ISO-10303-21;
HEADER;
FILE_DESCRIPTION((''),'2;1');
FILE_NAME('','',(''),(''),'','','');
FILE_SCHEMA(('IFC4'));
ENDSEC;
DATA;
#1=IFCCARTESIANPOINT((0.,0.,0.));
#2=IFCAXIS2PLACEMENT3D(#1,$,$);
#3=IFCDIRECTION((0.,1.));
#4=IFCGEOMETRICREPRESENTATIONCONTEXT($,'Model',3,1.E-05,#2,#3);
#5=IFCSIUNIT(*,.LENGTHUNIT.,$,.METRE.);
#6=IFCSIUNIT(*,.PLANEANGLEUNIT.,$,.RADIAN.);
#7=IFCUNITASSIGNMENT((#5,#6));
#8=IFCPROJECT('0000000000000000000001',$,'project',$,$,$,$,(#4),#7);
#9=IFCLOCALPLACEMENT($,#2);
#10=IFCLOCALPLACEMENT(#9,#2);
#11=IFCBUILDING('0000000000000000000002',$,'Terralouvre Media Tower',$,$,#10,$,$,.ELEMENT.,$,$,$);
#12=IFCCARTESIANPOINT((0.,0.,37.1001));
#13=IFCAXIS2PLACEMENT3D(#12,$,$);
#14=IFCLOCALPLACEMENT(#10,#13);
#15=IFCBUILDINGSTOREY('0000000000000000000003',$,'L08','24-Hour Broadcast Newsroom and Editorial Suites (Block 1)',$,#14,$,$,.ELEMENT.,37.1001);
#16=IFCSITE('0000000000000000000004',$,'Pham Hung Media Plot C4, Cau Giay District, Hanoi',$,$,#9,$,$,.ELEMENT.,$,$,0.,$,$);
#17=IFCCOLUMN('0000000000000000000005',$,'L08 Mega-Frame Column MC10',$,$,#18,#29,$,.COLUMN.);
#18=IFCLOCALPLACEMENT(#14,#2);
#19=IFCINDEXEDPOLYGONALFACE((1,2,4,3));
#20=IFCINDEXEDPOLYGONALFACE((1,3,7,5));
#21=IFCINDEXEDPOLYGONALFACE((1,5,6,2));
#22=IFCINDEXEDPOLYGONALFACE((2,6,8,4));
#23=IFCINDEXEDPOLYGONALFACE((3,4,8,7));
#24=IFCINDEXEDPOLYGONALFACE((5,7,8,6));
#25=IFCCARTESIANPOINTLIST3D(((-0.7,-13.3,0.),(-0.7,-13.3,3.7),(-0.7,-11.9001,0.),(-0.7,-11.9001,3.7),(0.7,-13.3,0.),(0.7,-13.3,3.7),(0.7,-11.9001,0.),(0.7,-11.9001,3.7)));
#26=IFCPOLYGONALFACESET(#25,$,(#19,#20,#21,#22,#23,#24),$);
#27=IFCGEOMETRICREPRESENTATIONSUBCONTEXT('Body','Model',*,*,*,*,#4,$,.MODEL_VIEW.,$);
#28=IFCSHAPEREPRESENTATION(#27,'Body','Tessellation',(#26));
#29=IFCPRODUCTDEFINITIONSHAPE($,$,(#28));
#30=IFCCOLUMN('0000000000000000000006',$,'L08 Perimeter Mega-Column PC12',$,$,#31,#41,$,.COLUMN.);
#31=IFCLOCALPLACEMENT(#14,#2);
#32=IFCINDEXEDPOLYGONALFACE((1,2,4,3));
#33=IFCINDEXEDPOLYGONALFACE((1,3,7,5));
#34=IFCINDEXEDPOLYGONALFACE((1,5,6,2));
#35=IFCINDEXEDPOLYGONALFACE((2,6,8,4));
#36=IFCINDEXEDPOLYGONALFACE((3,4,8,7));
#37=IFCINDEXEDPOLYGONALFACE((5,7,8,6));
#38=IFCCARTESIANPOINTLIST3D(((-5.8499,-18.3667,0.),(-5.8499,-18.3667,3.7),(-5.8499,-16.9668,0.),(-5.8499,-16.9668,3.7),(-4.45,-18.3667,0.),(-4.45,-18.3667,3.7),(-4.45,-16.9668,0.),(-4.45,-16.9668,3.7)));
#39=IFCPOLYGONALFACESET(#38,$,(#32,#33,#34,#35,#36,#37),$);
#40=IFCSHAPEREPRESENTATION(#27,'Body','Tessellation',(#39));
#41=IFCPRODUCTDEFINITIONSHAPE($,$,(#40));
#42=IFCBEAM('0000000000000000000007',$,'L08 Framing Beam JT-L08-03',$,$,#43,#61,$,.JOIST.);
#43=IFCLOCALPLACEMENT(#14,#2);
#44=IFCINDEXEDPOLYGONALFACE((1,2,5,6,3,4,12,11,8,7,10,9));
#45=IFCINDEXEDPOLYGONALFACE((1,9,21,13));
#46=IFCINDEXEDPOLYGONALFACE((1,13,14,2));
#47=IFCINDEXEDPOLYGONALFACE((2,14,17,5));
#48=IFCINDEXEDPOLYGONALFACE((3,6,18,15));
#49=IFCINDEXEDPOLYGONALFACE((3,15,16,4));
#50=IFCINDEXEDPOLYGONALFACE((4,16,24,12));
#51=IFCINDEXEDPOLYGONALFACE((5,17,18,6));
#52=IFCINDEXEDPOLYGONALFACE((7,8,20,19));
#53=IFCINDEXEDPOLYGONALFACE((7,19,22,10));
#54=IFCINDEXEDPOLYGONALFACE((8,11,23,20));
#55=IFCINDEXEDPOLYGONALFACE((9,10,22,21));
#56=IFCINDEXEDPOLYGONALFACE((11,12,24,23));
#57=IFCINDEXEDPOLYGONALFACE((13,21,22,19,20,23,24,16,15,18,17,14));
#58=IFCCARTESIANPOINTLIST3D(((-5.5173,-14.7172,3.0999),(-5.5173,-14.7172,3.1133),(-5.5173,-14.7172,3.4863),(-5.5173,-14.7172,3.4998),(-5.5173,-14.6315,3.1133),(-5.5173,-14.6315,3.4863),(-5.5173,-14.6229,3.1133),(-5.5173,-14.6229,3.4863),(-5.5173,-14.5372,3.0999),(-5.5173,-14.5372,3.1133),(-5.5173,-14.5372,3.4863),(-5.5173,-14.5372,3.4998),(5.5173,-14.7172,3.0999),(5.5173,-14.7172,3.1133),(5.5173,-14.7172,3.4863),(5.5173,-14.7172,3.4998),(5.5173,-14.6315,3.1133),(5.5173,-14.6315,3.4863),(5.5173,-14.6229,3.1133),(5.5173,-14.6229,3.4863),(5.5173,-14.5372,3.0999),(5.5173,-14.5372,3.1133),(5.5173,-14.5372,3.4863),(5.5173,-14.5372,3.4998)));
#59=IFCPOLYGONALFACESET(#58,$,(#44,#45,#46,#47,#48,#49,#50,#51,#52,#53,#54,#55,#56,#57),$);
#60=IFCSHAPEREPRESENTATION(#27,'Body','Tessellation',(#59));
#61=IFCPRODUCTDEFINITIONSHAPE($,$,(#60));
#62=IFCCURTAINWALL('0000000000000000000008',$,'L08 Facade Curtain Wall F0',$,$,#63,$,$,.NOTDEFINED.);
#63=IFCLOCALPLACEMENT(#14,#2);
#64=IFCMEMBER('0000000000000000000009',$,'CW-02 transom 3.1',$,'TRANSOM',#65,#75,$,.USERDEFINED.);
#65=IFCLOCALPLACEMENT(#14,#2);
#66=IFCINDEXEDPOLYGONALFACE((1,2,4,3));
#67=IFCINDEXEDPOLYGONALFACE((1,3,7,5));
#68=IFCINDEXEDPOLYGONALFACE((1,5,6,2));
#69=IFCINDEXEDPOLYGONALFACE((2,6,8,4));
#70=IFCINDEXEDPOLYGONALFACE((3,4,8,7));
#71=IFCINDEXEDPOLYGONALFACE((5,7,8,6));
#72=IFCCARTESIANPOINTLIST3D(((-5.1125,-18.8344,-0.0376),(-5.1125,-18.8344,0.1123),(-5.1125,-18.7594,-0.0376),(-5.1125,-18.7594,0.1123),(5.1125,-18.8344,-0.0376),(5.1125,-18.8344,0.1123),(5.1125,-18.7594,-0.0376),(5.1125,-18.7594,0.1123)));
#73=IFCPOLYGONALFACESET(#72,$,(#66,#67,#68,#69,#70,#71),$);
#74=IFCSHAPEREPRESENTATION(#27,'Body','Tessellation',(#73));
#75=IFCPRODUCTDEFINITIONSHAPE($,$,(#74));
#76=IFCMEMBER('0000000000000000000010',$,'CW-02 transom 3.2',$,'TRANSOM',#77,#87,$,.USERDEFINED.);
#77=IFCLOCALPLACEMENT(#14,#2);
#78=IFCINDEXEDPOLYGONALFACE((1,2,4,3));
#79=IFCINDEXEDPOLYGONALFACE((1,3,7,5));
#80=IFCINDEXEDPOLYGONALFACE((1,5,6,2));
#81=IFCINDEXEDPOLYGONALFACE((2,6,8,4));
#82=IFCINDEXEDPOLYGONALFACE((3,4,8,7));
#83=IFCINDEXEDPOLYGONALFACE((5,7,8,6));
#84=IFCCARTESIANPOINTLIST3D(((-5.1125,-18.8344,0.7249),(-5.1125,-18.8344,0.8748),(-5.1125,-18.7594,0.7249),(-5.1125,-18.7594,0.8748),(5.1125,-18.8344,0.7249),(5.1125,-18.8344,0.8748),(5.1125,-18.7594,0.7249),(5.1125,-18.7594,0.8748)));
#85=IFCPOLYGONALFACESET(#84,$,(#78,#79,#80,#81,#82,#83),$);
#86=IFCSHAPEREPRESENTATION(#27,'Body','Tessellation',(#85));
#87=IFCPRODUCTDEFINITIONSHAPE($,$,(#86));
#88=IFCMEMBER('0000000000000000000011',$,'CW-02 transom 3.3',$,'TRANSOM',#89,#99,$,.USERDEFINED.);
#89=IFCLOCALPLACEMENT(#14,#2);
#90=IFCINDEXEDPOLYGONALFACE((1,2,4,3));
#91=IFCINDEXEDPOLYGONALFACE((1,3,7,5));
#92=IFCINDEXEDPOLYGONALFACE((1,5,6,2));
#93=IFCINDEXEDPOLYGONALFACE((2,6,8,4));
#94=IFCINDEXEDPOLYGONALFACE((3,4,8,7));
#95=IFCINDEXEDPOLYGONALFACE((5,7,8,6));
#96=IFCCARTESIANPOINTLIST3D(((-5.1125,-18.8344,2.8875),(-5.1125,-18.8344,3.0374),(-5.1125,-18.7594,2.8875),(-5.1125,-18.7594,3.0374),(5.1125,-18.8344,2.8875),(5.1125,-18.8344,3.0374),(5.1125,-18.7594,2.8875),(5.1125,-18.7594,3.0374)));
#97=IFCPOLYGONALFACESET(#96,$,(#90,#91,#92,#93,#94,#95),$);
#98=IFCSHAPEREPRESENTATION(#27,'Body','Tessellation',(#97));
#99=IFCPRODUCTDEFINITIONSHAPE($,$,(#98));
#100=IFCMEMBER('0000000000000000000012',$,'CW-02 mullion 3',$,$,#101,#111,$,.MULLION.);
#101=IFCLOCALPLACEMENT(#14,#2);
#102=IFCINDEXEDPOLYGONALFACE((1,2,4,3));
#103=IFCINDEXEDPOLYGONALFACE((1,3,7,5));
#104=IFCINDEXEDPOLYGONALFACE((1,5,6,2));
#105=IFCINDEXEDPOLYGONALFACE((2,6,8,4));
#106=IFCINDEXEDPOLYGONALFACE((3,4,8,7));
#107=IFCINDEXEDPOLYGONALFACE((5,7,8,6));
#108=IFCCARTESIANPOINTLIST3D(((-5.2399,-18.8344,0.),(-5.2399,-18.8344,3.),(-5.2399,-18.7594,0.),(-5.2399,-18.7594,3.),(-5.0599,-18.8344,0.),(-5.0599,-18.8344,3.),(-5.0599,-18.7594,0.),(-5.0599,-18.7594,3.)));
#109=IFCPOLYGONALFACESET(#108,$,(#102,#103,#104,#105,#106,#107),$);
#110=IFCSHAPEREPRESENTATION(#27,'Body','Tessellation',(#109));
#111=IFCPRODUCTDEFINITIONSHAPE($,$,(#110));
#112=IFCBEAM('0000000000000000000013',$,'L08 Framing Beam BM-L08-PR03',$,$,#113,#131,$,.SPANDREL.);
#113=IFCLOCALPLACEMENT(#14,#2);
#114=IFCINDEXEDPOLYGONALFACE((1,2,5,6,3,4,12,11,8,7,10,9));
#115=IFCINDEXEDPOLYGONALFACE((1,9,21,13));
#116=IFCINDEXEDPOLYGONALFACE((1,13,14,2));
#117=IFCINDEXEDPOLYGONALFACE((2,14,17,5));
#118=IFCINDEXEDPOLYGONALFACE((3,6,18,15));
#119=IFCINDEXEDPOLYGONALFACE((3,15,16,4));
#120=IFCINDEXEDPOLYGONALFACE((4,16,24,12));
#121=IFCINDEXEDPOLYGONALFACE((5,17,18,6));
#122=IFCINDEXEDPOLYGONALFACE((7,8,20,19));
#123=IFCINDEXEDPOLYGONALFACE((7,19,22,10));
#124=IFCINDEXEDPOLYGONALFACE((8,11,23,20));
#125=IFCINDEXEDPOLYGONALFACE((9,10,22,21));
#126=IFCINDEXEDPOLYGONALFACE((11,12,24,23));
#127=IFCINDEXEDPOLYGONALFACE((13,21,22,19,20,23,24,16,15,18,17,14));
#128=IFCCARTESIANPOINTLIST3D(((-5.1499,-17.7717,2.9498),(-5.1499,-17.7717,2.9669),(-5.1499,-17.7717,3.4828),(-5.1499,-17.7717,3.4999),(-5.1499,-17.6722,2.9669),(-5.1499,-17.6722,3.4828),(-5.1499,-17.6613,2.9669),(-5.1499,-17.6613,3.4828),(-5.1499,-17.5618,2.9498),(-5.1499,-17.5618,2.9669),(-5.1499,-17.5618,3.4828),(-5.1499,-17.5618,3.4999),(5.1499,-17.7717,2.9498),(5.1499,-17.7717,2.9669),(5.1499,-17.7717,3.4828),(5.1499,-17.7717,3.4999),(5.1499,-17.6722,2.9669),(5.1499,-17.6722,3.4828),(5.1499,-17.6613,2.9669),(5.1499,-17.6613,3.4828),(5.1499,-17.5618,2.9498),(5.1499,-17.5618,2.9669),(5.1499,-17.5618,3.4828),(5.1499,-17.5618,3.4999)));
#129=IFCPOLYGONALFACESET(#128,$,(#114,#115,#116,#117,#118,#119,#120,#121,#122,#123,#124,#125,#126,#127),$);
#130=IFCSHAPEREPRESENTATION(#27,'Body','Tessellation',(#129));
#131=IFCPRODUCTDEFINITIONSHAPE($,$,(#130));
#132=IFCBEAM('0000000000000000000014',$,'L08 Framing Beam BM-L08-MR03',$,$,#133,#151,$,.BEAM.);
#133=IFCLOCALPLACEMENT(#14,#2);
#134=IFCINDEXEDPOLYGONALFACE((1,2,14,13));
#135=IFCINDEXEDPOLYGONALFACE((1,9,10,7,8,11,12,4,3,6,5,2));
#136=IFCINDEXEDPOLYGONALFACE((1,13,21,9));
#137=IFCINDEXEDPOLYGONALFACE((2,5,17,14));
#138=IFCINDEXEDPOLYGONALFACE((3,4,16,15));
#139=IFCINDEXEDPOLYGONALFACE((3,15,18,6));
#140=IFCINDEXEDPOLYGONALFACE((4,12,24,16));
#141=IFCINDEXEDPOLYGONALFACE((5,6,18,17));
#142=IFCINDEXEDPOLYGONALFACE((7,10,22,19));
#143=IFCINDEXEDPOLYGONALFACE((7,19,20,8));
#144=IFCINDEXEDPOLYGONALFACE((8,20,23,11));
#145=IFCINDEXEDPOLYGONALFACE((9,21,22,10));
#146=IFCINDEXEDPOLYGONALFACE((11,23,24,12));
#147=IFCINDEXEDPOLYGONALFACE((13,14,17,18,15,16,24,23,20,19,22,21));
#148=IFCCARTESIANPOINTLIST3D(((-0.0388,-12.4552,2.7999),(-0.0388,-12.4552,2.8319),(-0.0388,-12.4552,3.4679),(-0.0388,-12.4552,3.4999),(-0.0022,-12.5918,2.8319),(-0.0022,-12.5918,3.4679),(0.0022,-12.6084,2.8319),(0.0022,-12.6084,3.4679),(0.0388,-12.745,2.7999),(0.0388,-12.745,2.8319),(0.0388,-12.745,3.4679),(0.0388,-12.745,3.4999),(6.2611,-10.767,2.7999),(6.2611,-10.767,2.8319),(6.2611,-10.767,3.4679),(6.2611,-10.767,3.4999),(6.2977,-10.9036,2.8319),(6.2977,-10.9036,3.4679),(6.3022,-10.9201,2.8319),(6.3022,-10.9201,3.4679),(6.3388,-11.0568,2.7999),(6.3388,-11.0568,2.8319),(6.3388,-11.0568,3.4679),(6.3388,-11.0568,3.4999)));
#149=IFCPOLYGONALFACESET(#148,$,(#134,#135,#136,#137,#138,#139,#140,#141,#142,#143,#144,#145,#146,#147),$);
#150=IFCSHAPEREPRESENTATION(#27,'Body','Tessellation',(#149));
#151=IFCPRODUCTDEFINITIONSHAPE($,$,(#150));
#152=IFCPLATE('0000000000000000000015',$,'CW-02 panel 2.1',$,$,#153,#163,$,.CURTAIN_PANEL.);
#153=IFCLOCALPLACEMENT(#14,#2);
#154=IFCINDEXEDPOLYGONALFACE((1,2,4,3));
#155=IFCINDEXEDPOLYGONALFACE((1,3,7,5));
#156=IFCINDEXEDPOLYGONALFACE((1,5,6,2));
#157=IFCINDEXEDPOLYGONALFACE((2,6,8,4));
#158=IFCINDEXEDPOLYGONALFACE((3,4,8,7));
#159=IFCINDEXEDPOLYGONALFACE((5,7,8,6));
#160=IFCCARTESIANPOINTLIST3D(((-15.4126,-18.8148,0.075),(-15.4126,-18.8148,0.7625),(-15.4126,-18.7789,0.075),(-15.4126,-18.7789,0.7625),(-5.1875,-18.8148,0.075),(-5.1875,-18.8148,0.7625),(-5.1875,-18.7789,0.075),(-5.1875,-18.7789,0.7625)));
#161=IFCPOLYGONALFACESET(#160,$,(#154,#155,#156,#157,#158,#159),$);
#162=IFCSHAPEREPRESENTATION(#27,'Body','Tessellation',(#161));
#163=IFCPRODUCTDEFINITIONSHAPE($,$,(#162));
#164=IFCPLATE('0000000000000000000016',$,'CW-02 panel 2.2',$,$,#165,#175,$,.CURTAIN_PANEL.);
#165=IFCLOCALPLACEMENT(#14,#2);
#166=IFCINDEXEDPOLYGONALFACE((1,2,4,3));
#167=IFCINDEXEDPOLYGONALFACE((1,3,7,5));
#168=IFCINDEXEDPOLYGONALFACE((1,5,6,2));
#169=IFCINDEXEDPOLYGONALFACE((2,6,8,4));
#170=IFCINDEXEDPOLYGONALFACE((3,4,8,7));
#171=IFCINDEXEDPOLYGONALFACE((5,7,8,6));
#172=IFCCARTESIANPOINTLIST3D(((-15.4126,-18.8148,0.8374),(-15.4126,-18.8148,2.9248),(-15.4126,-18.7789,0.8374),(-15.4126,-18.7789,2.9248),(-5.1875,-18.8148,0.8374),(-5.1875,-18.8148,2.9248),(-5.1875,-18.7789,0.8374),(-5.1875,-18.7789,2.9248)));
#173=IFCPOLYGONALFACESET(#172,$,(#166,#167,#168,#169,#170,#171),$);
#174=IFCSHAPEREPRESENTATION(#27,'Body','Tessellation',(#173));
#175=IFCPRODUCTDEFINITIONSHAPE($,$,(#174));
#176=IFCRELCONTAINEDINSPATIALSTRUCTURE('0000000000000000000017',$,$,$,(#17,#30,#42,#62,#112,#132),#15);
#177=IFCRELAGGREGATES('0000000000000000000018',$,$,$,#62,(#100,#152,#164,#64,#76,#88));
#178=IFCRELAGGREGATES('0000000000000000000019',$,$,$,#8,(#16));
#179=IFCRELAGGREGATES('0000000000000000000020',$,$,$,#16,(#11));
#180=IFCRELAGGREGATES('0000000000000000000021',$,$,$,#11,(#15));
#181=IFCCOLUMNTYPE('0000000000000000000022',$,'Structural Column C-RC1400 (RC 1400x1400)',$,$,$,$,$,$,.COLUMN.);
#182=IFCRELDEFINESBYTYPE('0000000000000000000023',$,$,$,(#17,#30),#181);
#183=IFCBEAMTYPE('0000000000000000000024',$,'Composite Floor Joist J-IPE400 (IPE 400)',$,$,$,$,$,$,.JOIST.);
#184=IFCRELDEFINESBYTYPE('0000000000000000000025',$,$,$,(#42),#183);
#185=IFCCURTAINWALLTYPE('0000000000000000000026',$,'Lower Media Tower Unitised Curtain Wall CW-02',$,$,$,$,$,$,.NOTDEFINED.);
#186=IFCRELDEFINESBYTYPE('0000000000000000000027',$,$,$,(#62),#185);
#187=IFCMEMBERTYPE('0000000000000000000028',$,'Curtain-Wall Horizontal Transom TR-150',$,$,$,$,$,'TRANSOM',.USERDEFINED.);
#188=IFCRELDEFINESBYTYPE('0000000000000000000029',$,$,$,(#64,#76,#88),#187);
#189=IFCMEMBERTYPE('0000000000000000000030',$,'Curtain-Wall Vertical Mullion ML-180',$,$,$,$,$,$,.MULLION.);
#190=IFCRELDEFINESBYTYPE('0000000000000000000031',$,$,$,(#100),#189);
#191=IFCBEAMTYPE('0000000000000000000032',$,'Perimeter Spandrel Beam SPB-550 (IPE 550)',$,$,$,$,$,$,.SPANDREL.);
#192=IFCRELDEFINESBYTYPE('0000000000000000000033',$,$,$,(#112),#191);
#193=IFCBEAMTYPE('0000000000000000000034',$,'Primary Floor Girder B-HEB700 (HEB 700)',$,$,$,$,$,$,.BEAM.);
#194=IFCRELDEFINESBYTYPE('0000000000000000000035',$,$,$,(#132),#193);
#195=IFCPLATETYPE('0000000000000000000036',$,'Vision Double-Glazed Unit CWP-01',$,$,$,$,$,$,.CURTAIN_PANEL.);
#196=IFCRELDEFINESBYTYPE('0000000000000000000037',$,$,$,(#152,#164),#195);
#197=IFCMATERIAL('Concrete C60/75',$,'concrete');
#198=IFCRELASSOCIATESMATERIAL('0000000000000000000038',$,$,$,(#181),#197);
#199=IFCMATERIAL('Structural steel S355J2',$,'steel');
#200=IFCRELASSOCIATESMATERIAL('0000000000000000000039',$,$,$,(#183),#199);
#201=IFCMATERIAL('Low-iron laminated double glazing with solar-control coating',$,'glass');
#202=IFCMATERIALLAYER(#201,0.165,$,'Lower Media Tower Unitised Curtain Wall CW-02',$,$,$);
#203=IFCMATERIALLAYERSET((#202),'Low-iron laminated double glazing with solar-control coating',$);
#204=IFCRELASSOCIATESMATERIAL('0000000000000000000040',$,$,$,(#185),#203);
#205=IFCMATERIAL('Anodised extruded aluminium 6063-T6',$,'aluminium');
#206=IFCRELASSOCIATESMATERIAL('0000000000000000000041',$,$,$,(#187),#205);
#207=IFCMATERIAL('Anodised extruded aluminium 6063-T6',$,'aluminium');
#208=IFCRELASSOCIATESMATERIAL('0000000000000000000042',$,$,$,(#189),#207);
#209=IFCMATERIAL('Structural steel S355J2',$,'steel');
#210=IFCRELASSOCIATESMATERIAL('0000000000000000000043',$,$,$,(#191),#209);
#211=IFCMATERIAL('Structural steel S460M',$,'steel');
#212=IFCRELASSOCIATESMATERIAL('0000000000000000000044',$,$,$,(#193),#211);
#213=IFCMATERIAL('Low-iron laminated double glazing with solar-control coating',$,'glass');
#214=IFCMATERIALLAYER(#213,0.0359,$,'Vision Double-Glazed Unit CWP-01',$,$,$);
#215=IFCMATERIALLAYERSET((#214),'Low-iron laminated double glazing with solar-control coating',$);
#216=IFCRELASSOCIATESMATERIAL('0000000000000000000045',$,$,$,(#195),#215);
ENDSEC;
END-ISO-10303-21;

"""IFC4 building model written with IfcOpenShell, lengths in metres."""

from ifc_helpers import new_model, si_unit, direction, frame, origin, origin_2d, place, context, subcontext, project, spatial, rectangle, i_section, extrude, material, layer, layer_set, material_profile, profile_set, type_object, element, aggregate, save


model = new_model("IFC4")

# Units and contexts
model_context = context("Model", 3, precision=1e-05, world=origin(), true_north=direction((0.0, 1.0)))
body_context = subcontext(model_context, "Body", "Model", "MODEL_VIEW")
ifc_project = project(units=[si_unit("LENGTHUNIT", "METRE"), si_unit("PLANEANGLEUNIT", "RADIAN")], contexts=[model_context])

# Site, building, storey
site_placement = place(None, origin())
site = spatial("IfcSite", under=ifc_project, at=site_placement, Name="Pham Hung Media Plot C4, Cau Giay District, Hanoi", CompositionType="ELEMENT", RefElevation=0.0)
building_placement = place(site_placement, origin())
building = spatial("IfcBuilding", under=site, at=building_placement, Name="Terralouvre Media Tower", CompositionType="ELEMENT")
storey_placement = place(building_placement, frame((0.0, 0.0, 37.1001)))
storey = spatial("IfcBuildingStorey", under=building, at=storey_placement, Name="L08", Description="24-Hour Broadcast Newsroom and Editorial Suites (Block 1)", CompositionType="ELEMENT", Elevation=37.1001)

# Columns
ifc_material_1 = material(Name="Concrete C60/75", Category="concrete")
ifc_material_profile_1 = material_profile(ifc_material_1, rectangle(XDim=1.3999, YDim=1.3999, at=origin_2d()), Name="RC 1400x1400")
ifc_profile_set_1 = profile_set([ifc_material_profile_1], Name="Concrete C60/75")
column_type = type_object("IfcColumnType", Name="Structural Column C-RC1400 (RC 1400x1400)", PredefinedType="COLUMN", material=ifc_profile_set_1)
for number, where, z_axis, x_axis, name in (
    (1, (0.0, -12.6001, 0.0), (0.0, 0.0, 1.0), (1.0, 0.0, 0.0), "L08 Mega-Frame Column MC10"),
    (2, (-5.1499, -17.6667, 0.0), (0.0, 0.0, 1.0), (1.0, 0.0, 0.0), "L08 Perimeter Mega-Column PC12"),
):
    element("IfcColumn", number, at=place(storey_placement, frame(where, z_axis=z_axis, x_axis=x_axis)), inside=storey, type_object=column_type, Name=name, PredefinedType="COLUMN", context=body_context, shape_type="SweptSolid", body=[
        extrude(rectangle(XDim=1.3999, YDim=1.3999, at=origin_2d()), origin(), (0.0, 0.0, 1.0), 3.7),
    ])

# Beam
ifc_material_2 = material(Name="Structural steel S355J2", Category="steel")
ifc_material_profile_2 = material_profile(ifc_material_2, i_section(OverallWidth=0.1799, OverallDepth=0.3999, WebThickness=0.0085, FlangeThickness=0.0134, at=origin_2d()), Name="IPE 400")
ifc_profile_set_2 = profile_set([ifc_material_profile_2], Name="Structural steel S355J2")
beam_type_1 = type_object("IfcBeamType", Name="Composite Floor Joist J-IPE400 (IPE 400)", PredefinedType="JOIST", material=ifc_profile_set_2)
beam_1_placement = place(storey_placement, frame((-5.5173, -14.6272, 3.2998), z_axis=(1.0, 0.0, 0.0), x_axis=(0.0, 1.0, 0.0)))
element("IfcBeam", 3, at=beam_1_placement, inside=storey, type_object=beam_type_1, Name="L08 Framing Beam JT-L08-03", PredefinedType="JOIST", context=body_context, shape_type="SweptSolid", body=[
    extrude(i_section(OverallWidth=0.1799, OverallDepth=0.3999, WebThickness=0.0085, FlangeThickness=0.0134, at=origin_2d()), origin(), (0.0, 0.0, 1.0), 11.0347),
])

# Curtain wall, members
ifc_material_3 = material(Name="Low-iron laminated double glazing with solar-control coating", Category="glass")
ifc_layer_1 = layer(ifc_material_3, 0.165, Name="Lower Media Tower Unitised Curtain Wall CW-02")
ifc_layer_set_1 = layer_set([ifc_layer_1], Name="Low-iron laminated double glazing with solar-control coating")
curtain_wall_type = type_object("IfcCurtainWallType", Name="Lower Media Tower Unitised Curtain Wall CW-02", PredefinedType="NOTDEFINED", material=ifc_layer_set_1)
curtain_wall_placement = place(storey_placement, origin())
curtain_wall = element("IfcCurtainWall", 4, at=curtain_wall_placement, inside=storey, type_object=curtain_wall_type, Name="L08 Facade Curtain Wall F0", PredefinedType="NOTDEFINED")
ifc_material_4 = material(Name="Anodised extruded aluminium 6063-T6", Category="aluminium")
ifc_material_profile_3 = material_profile(ifc_material_4, rectangle(XDim=0.075, YDim=0.1499, at=origin_2d()), Name="ALU 75x150")
ifc_profile_set_3 = profile_set([ifc_material_profile_3], Name="Anodised extruded aluminium 6063-T6")
member_type_1 = type_object("IfcMemberType", Name="Curtain-Wall Horizontal Transom TR-150", ElementType="TRANSOM", PredefinedType="USERDEFINED", material=ifc_profile_set_3)
member_1_placement = place(storey_placement, frame((-5.1125, -18.7969, 0.0374), z_axis=(1.0, 0.0, 0.0), x_axis=(0.0, 1.0, 0.0)))
member_1 = element("IfcMember", 5, at=member_1_placement, type_object=member_type_1, Name="CW-02 transom 3.1", ObjectType="TRANSOM", PredefinedType="USERDEFINED", context=body_context, shape_type="SweptSolid", body=[
    extrude(rectangle(XDim=0.075, YDim=0.1499, at=origin_2d()), origin(), (0.0, 0.0, 1.0), 10.2251),
])
member_2_placement = place(storey_placement, frame((-5.1125, -18.7969, 0.7998), z_axis=(1.0, 0.0, 0.0), x_axis=(0.0, 1.0, 0.0)))
member_2 = element("IfcMember", 6, at=member_2_placement, type_object=member_type_1, Name="CW-02 transom 3.2", ObjectType="TRANSOM", PredefinedType="USERDEFINED", context=body_context, shape_type="SweptSolid", body=[
    extrude(rectangle(XDim=0.075, YDim=0.1499, at=origin_2d()), origin(), (0.0, 0.0, 1.0), 10.2251),
])
member_3_placement = place(storey_placement, frame((-5.1125, -18.7969, 2.9624), z_axis=(1.0, 0.0, 0.0), x_axis=(0.0, 1.0, 0.0)))
member_3 = element("IfcMember", 7, at=member_3_placement, type_object=member_type_1, Name="CW-02 transom 3.3", ObjectType="TRANSOM", PredefinedType="USERDEFINED", context=body_context, shape_type="SweptSolid", body=[
    extrude(rectangle(XDim=0.075, YDim=0.1499, at=origin_2d()), origin(), (0.0, 0.0, 1.0), 10.2251),
])
ifc_material_5 = material(Name="Anodised extruded aluminium 6063-T6", Category="aluminium")
ifc_material_profile_4 = material_profile(ifc_material_5, rectangle(XDim=0.075, YDim=0.1799, at=origin_2d()), Name="ALU 75x180")
ifc_profile_set_4 = profile_set([ifc_material_profile_4], Name="Anodised extruded aluminium 6063-T6")
member_type_2 = type_object("IfcMemberType", Name="Curtain-Wall Vertical Mullion ML-180", PredefinedType="MULLION", material=ifc_profile_set_4)
member_4_placement = place(storey_placement, frame((-5.1499, -18.7969, 0.0), z_axis=(0.0, 0.0, 1.0), x_axis=(0.0, 1.0, 0.0)))
member_4 = element("IfcMember", 8, at=member_4_placement, type_object=member_type_2, Name="CW-02 mullion 3", PredefinedType="MULLION", context=body_context, shape_type="SweptSolid", body=[
    extrude(rectangle(XDim=0.075, YDim=0.1799, at=origin_2d()), origin(), (0.0, 0.0, 1.0), 3.0),
])

# Beams
ifc_material_6 = material(Name="Structural steel S355J2", Category="steel")
ifc_material_profile_5 = material_profile(ifc_material_6, i_section(OverallWidth=0.21, OverallDepth=0.55, WebThickness=0.011, FlangeThickness=0.0171, at=origin_2d()), Name="IPE 550")
ifc_profile_set_5 = profile_set([ifc_material_profile_5], Name="Structural steel S355J2")
beam_type_2 = type_object("IfcBeamType", Name="Perimeter Spandrel Beam SPB-550 (IPE 550)", PredefinedType="SPANDREL", material=ifc_profile_set_5)
beam_2_placement = place(storey_placement, frame((-5.1499, -17.6667, 3.2249), z_axis=(1.0, 0.0, 0.0), x_axis=(0.0, 1.0, 0.0)))
element("IfcBeam", 9, at=beam_2_placement, inside=storey, type_object=beam_type_2, Name="L08 Framing Beam BM-L08-PR03", PredefinedType="SPANDREL", context=body_context, shape_type="SweptSolid", body=[
    extrude(i_section(OverallWidth=0.21, OverallDepth=0.55, WebThickness=0.011, FlangeThickness=0.0171, at=origin_2d()), origin(), (0.0, 0.0, 1.0), 10.2998),
])
ifc_material_7 = material(Name="Structural steel S460M", Category="steel")
ifc_material_profile_6 = material_profile(ifc_material_7, i_section(OverallWidth=0.3, OverallDepth=0.7, WebThickness=0.0171, FlangeThickness=0.032, at=origin_2d()), Name="HEB 700")
ifc_profile_set_6 = profile_set([ifc_material_profile_6], Name="Structural steel S460M")
beam_type_3 = type_object("IfcBeamType", Name="Primary Floor Girder B-HEB700 (HEB 700)", PredefinedType="BEAM", material=ifc_profile_set_6)
beam_3_placement = place(storey_placement, frame((0.0, -12.6001, 3.1499), z_axis=(0.96592, 0.258839, 0.0), x_axis=(-0.258839, 0.96592, 0.0)))
element("IfcBeam", 10, at=beam_3_placement, inside=storey, type_object=beam_type_3, Name="L08 Framing Beam BM-L08-MR03", PredefinedType="BEAM", context=body_context, shape_type="SweptSolid", body=[
    extrude(i_section(OverallWidth=0.3, OverallDepth=0.7, WebThickness=0.0171, FlangeThickness=0.032, at=origin_2d()), origin(), (0.0, 0.0, 1.0), 6.5222),
])

# Plates
ifc_material_8 = material(Name="Low-iron laminated double glazing with solar-control coating", Category="glass")
ifc_layer_2 = layer(ifc_material_8, 0.0359, Name="Vision Double-Glazed Unit CWP-01")
ifc_layer_set_2 = layer_set([ifc_layer_2], Name="Low-iron laminated double glazing with solar-control coating")
plate_type = type_object("IfcPlateType", Name="Vision Double-Glazed Unit CWP-01", PredefinedType="CURTAIN_PANEL", material=ifc_layer_set_2)
plate_1_placement = place(storey_placement, frame((-10.3, -18.7969, 0.075), z_axis=(0.0, 0.0, 1.0), x_axis=(1.0, 0.0, 0.0)))
plate_1 = element("IfcPlate", 11, at=plate_1_placement, type_object=plate_type, Name="CW-02 panel 2.1", PredefinedType="CURTAIN_PANEL", context=body_context, shape_type="SweptSolid", body=[
    extrude(rectangle(XDim=10.2251, YDim=0.0359, at=origin_2d()), origin(), (0.0, 0.0, 1.0), 0.6875),
])
plate_2_placement = place(storey_placement, frame((-10.3, -18.7969, 0.8374), z_axis=(0.0, 0.0, 1.0), x_axis=(1.0, 0.0, 0.0)))
plate_2 = element("IfcPlate", 12, at=plate_2_placement, type_object=plate_type, Name="CW-02 panel 2.2", PredefinedType="CURTAIN_PANEL", context=body_context, shape_type="SweptSolid", body=[
    extrude(rectangle(XDim=10.2251, YDim=0.0359, at=origin_2d()), origin(), (0.0, 0.0, 1.0), 2.0874),
])
aggregate(curtain_wall, [member_4, plate_1, plate_2, member_1, member_2, member_3])

save(model, "model.ifc")
